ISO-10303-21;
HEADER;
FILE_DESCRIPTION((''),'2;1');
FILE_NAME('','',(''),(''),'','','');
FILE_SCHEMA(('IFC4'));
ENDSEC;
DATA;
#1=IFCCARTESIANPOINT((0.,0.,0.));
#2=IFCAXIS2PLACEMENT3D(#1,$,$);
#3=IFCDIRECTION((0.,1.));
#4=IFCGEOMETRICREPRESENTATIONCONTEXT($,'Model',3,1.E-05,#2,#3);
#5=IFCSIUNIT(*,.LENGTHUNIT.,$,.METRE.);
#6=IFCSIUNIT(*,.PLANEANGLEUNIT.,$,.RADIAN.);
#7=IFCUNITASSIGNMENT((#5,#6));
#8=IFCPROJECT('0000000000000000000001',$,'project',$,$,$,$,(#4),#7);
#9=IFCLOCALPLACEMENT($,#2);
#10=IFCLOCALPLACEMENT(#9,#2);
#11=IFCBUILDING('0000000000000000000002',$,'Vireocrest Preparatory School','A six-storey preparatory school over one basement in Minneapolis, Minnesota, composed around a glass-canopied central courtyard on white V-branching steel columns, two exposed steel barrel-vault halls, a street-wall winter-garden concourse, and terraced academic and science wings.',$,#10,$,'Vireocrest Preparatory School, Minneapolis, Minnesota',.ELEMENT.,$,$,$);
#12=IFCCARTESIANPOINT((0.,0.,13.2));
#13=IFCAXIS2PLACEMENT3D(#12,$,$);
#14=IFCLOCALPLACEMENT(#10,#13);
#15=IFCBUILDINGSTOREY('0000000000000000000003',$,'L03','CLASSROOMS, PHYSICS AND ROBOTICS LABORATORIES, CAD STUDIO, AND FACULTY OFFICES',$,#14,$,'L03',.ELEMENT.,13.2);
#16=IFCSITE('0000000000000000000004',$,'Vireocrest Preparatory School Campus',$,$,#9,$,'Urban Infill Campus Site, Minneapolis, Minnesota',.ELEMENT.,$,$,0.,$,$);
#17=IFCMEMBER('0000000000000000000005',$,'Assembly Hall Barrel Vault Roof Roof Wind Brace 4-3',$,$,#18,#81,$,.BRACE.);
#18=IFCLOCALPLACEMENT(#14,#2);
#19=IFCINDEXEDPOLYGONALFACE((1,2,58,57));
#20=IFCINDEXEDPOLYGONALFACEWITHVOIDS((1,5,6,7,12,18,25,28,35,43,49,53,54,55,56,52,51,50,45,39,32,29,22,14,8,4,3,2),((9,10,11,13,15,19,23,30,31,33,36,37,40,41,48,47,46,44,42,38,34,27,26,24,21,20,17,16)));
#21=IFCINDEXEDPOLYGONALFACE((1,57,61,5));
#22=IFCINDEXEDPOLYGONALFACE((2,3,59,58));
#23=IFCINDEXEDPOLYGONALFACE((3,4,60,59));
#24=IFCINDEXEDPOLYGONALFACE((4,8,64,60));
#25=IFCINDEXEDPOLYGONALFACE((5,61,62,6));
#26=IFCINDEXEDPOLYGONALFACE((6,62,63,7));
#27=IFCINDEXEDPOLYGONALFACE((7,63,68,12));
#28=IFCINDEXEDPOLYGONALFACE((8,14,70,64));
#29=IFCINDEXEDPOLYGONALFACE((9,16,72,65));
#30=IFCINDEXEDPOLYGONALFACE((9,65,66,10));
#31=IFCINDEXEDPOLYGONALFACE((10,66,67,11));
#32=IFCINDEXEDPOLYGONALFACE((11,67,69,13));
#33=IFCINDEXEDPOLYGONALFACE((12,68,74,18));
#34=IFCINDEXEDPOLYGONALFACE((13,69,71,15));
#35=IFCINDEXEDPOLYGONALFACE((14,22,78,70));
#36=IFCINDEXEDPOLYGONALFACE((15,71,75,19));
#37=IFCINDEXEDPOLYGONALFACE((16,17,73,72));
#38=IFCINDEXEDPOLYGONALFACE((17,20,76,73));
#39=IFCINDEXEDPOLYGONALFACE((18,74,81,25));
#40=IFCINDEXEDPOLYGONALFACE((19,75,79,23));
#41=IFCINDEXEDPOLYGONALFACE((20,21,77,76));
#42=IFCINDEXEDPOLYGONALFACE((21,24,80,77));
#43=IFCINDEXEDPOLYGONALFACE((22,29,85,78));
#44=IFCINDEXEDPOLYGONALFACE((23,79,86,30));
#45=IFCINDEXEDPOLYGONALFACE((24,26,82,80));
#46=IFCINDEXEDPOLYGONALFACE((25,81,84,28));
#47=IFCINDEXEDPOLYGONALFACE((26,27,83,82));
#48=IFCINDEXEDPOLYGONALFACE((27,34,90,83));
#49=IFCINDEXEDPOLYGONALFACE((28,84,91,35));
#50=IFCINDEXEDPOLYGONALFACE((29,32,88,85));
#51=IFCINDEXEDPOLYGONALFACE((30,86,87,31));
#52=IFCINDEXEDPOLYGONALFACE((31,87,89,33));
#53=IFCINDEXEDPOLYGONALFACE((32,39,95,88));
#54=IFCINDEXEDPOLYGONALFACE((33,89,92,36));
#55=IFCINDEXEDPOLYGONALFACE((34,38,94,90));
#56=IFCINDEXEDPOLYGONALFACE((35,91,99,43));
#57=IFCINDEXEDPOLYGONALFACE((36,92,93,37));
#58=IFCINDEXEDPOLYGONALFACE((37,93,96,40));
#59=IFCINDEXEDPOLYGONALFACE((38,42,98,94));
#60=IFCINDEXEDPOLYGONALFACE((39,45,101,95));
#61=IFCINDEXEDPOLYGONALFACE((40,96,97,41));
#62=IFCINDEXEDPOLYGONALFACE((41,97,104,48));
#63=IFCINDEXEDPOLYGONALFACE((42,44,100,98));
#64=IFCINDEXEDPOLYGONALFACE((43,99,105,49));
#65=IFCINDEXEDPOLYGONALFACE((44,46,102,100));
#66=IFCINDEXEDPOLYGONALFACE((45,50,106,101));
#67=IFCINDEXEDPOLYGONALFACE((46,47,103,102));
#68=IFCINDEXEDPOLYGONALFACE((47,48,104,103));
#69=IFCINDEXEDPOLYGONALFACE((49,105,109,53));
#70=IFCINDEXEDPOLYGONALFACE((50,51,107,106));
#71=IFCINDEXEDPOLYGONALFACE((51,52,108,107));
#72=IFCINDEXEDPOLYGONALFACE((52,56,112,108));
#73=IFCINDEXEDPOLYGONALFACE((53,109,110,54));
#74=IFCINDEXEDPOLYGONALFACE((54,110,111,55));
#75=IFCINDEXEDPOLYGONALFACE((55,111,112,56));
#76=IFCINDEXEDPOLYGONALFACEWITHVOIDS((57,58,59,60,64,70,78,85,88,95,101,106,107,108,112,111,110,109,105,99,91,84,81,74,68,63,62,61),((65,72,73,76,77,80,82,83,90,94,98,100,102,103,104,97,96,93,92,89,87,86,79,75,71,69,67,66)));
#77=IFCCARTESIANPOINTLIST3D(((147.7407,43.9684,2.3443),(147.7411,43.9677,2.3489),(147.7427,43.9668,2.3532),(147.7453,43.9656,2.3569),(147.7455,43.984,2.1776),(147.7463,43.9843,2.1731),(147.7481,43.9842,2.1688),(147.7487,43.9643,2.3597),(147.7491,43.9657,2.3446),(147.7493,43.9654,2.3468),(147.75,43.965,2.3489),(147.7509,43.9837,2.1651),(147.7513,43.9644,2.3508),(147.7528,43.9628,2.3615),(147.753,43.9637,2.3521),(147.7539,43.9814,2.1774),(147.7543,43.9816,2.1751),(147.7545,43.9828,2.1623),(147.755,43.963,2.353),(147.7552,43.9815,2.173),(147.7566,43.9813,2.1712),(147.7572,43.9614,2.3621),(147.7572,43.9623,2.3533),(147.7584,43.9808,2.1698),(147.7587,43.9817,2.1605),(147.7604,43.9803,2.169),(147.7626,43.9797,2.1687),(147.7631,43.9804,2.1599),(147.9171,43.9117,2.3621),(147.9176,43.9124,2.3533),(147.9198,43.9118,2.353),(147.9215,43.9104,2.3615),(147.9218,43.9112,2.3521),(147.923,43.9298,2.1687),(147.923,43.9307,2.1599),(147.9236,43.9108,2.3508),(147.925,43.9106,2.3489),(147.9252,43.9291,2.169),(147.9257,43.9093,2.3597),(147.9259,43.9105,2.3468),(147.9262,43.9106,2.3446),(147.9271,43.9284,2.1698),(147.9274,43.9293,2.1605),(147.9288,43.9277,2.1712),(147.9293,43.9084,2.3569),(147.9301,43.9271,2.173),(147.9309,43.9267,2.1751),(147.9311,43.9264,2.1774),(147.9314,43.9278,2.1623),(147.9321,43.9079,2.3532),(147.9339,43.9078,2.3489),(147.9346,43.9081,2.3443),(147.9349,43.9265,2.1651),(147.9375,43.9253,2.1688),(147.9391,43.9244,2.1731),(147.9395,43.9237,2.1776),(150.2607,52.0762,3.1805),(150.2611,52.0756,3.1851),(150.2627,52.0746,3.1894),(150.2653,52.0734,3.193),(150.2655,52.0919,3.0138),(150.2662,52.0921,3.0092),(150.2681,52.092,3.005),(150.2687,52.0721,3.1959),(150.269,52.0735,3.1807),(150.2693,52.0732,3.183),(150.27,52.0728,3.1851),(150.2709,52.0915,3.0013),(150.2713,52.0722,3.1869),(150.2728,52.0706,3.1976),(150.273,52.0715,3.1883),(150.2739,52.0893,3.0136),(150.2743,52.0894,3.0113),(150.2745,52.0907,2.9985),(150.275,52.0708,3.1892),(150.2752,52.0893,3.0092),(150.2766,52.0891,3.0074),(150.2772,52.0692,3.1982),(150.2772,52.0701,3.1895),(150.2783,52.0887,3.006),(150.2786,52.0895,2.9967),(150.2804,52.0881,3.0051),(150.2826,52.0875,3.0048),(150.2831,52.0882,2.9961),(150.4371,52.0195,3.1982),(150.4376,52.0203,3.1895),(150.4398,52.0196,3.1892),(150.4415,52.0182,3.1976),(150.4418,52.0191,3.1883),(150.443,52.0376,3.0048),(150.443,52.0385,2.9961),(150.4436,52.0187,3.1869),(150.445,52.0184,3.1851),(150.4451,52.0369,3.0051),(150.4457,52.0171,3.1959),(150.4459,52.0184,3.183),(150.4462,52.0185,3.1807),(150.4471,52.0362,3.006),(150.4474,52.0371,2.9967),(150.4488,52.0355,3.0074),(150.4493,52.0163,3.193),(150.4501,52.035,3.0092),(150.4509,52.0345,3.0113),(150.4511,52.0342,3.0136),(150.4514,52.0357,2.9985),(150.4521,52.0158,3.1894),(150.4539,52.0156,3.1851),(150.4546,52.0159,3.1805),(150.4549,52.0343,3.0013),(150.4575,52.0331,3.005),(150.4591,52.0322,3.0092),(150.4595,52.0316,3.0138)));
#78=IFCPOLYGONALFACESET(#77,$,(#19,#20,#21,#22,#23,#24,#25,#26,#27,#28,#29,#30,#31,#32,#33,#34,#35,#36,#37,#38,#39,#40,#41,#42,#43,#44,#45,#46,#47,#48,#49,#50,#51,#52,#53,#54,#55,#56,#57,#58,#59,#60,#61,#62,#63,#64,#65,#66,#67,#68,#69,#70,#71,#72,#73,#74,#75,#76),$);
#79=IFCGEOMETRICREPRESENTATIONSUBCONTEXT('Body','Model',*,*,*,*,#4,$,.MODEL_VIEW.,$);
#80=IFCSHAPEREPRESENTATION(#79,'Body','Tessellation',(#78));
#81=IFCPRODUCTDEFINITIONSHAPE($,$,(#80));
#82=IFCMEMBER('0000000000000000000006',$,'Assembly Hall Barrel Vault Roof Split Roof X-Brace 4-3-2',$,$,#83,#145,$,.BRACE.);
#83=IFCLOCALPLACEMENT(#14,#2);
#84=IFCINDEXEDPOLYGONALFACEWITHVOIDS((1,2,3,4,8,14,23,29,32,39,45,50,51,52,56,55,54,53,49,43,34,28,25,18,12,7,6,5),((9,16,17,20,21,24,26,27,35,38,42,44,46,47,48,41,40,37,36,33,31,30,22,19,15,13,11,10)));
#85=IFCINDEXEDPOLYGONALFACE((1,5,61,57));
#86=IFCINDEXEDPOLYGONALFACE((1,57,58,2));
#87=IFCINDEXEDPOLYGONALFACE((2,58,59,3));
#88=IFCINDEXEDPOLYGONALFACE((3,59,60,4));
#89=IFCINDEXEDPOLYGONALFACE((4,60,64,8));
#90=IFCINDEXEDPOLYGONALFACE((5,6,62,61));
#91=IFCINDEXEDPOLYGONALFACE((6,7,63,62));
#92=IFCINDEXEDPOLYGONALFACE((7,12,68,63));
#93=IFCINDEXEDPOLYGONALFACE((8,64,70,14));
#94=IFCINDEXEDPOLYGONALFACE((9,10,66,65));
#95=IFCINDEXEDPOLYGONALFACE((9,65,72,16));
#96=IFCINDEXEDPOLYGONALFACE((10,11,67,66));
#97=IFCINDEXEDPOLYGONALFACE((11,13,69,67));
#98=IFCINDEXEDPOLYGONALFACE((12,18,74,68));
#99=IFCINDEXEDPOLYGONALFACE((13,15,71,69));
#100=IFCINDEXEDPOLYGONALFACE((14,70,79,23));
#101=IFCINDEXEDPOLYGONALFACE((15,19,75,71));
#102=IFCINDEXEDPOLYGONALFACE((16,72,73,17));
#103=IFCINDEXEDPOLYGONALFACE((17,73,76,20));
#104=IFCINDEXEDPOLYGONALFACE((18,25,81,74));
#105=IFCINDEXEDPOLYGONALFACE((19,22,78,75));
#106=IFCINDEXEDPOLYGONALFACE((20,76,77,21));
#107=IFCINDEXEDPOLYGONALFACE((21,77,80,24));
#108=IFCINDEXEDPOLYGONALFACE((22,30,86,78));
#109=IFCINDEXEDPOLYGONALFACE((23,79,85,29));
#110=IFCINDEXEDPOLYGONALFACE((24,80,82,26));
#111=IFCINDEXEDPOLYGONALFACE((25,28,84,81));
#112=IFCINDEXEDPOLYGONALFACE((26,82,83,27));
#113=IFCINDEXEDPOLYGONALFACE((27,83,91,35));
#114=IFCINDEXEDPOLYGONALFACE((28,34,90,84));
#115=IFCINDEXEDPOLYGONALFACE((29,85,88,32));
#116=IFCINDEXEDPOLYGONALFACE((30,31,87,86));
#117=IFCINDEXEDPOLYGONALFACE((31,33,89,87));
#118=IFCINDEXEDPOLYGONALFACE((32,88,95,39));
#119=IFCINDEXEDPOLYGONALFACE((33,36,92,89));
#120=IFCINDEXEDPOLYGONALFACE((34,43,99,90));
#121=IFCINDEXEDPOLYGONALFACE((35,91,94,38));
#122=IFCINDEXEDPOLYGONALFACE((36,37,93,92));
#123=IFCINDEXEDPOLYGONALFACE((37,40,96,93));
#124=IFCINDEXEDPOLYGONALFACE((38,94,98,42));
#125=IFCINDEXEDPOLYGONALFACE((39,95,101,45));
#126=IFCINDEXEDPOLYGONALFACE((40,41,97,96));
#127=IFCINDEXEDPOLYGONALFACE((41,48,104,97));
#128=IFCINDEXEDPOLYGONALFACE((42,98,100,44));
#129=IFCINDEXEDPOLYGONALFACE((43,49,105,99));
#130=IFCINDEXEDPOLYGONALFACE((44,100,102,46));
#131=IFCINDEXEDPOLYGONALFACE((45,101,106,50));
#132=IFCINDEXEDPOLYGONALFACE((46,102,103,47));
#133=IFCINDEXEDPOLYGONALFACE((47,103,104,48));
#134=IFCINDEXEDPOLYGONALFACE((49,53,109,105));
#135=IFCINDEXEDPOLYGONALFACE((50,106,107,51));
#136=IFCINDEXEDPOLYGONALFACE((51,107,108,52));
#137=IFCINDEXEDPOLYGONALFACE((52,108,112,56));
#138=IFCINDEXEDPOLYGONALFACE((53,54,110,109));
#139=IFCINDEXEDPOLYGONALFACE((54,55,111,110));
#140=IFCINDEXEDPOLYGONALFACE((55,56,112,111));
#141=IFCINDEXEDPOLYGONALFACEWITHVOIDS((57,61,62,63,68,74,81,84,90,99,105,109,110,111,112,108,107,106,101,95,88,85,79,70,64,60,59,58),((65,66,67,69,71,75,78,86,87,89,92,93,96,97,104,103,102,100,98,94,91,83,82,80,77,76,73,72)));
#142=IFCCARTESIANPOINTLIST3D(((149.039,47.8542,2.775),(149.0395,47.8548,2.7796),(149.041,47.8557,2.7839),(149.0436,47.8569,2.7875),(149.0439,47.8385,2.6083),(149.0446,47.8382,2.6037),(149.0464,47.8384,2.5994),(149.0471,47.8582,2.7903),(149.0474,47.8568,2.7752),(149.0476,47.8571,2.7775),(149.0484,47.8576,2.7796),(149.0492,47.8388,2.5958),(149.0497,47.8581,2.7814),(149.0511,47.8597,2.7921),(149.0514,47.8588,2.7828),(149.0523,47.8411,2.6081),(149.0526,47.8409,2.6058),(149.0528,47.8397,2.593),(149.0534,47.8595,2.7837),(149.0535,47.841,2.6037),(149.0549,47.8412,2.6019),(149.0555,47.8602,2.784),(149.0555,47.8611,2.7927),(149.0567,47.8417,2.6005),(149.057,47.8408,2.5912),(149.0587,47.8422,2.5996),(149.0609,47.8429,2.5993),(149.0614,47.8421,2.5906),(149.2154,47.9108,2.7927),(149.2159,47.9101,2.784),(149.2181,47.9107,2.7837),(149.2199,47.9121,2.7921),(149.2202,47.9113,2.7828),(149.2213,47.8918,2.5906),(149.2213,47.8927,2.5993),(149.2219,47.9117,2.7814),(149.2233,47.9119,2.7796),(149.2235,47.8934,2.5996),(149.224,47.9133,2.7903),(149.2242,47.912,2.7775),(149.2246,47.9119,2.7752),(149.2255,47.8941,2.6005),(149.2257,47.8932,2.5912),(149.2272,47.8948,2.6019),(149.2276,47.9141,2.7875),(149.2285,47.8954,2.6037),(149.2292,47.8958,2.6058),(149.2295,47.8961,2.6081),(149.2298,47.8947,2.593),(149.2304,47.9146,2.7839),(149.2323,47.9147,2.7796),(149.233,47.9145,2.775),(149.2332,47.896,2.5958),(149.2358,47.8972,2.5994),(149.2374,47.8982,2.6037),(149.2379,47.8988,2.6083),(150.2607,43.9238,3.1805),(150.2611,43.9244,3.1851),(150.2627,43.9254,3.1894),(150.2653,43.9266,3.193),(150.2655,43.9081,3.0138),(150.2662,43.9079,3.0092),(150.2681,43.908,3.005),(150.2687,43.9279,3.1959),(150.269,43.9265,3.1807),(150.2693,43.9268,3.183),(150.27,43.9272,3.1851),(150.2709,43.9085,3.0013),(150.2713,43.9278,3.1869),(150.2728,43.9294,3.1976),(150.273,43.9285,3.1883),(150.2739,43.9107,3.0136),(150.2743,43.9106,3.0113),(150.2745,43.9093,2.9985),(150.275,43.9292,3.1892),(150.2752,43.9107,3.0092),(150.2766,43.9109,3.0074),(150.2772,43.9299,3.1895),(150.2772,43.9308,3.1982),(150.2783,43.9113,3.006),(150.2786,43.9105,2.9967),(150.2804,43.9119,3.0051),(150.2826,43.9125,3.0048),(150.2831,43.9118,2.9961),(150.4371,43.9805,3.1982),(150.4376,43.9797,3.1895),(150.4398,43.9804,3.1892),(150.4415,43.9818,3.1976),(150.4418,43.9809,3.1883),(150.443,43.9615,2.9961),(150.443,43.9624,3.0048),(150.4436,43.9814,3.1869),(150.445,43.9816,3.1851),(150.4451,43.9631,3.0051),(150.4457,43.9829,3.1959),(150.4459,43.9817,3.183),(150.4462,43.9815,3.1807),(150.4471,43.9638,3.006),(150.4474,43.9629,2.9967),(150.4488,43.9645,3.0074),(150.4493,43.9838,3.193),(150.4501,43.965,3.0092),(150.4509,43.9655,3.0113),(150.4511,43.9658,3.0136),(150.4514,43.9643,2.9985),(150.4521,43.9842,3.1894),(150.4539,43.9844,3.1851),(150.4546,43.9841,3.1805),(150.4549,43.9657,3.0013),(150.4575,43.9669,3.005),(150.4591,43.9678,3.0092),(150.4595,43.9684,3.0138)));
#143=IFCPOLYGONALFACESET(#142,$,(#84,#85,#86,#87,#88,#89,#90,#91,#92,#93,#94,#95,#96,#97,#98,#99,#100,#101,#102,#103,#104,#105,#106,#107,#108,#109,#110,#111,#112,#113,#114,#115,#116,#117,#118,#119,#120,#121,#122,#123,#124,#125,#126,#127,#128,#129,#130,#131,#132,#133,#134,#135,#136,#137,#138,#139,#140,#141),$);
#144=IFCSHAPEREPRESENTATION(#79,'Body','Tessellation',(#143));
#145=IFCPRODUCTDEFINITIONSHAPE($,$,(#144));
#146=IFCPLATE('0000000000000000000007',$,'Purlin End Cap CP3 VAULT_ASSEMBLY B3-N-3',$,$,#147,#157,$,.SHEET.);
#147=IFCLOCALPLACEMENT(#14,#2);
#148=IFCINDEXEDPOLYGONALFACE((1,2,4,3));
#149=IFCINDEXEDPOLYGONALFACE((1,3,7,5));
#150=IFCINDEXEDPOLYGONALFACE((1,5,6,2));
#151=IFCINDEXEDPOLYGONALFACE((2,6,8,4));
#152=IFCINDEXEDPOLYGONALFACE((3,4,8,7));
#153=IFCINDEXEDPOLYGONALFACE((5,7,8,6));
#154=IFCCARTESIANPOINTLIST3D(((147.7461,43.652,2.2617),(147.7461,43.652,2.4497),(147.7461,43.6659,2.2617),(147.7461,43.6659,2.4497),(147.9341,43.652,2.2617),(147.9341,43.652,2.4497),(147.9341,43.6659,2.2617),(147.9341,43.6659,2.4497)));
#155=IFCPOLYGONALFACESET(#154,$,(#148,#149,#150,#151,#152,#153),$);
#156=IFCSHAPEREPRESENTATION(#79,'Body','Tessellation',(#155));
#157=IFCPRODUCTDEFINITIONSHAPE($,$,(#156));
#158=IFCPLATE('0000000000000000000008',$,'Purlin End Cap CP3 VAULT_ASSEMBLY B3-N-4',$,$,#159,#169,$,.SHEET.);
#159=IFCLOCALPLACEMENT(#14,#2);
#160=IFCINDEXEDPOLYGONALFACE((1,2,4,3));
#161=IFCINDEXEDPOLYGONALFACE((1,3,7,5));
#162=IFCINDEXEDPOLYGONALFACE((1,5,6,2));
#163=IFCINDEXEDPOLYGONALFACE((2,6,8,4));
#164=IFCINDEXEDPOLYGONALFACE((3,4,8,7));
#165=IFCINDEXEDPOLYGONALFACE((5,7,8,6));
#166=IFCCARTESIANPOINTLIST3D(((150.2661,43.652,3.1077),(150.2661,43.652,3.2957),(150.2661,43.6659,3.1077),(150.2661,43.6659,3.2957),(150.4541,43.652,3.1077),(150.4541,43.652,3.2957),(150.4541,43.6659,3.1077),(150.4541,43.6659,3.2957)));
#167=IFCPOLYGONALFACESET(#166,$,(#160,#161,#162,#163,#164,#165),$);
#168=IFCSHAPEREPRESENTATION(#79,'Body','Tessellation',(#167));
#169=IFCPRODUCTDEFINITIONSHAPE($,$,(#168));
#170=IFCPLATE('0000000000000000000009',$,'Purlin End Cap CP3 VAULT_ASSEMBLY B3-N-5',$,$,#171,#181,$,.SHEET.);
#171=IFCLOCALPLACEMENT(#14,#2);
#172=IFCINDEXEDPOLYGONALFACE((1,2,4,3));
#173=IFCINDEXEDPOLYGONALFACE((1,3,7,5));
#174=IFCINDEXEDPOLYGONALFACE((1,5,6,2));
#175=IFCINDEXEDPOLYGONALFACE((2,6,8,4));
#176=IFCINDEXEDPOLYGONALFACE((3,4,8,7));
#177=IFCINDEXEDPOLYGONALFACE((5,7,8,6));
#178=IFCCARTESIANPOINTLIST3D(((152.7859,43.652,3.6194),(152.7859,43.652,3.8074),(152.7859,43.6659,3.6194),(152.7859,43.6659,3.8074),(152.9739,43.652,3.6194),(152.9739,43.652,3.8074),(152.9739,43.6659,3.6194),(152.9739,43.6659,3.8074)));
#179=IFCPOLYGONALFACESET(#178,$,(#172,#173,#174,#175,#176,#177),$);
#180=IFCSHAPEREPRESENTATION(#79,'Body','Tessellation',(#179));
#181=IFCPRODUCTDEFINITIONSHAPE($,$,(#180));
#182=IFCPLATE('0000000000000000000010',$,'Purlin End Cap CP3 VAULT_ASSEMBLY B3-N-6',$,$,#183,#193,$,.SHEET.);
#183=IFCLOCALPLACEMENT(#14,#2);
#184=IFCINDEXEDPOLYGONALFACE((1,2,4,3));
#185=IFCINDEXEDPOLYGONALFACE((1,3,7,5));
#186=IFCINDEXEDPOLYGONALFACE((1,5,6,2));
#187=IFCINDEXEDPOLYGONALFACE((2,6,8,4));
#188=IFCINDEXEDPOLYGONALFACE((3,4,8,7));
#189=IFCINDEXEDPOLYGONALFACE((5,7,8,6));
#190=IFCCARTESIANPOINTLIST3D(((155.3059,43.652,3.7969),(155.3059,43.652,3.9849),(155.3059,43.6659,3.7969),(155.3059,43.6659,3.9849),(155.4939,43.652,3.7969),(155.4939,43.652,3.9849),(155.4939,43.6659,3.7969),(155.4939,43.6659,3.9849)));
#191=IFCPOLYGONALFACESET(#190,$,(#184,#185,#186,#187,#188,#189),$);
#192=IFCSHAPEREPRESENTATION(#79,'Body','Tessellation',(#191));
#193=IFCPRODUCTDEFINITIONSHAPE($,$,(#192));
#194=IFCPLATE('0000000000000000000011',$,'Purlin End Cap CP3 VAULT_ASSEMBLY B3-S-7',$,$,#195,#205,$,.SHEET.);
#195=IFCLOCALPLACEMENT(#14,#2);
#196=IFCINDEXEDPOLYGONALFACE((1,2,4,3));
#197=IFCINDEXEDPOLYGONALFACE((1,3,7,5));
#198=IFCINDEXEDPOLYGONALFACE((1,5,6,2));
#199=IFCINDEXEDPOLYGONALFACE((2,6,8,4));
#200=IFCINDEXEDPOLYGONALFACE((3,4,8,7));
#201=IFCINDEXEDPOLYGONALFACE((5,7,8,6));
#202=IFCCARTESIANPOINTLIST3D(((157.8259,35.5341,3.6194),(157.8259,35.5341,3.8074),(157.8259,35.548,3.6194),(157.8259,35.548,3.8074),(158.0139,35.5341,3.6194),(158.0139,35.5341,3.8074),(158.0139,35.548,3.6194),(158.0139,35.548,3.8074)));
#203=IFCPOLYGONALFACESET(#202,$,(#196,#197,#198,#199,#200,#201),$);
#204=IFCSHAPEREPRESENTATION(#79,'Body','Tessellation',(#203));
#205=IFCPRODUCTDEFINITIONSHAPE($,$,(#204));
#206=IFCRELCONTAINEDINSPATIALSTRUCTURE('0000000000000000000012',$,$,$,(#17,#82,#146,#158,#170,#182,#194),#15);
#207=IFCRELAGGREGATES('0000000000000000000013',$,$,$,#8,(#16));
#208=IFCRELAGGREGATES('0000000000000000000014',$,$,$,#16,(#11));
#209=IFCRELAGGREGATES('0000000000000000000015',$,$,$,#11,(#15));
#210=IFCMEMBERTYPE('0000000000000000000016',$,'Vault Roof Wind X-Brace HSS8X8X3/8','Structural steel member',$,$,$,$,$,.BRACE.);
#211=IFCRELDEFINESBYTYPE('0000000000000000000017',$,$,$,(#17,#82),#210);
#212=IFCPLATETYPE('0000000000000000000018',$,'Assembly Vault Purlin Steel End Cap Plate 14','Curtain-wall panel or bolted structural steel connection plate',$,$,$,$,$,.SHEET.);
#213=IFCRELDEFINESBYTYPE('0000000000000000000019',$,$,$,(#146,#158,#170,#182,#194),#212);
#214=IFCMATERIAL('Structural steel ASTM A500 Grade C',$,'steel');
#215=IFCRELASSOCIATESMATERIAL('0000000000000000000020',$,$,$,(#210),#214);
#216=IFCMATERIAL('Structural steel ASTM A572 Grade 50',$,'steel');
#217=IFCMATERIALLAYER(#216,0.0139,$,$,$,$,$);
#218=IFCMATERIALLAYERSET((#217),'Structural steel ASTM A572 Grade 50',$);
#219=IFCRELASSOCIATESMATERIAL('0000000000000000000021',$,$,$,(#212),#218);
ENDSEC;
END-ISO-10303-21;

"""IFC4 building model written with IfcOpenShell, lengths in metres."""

from ifc_helpers import new_model, si_unit, direction, frame, origin, origin_2d, place, context, subcontext, project, spatial, rectangle, hollow_rectangle, extrude, material, layer, layer_set, material_profile, profile_set, type_object, element, save


model = new_model("IFC4")

# Units and contexts
model_context = context("Model", 3, precision=1e-05, world=origin(), true_north=direction((0.0, 1.0)))
body_context = subcontext(model_context, "Body", "Model", "MODEL_VIEW")
ifc_project = project(units=[si_unit("LENGTHUNIT", "METRE"), si_unit("PLANEANGLEUNIT", "RADIAN")], contexts=[model_context])

# Site, building, storey
site_placement = place(None, origin())
site = spatial("IfcSite", under=ifc_project, at=site_placement, Name="Vireocrest Preparatory School Campus", LongName="Urban Infill Campus Site, Minneapolis, Minnesota", CompositionType="ELEMENT", RefElevation=0.0)
building_placement = place(site_placement, origin())
building = spatial("IfcBuilding", under=site, at=building_placement, Name="Vireocrest Preparatory School", Description="A six-storey preparatory school over one basement in Minneapolis, Minnesota, composed around a glass-canopied central courtyard on white V-branching steel columns, two exposed steel barrel-vault halls, a street-wall winter-garden concourse, and terraced academic and science wings.", LongName="Vireocrest Preparatory School, Minneapolis, Minnesota", CompositionType="ELEMENT")
storey_placement = place(building_placement, frame((0.0, 0.0, 13.2)))
storey = spatial("IfcBuildingStorey", under=building, at=storey_placement, Name="L03", Description="CLASSROOMS, PHYSICS AND ROBOTICS LABORATORIES, CAD STUDIO, AND FACULTY OFFICES", LongName="L03", CompositionType="ELEMENT", Elevation=13.2)

# Members
ifc_material_1 = material(Name="Structural steel ASTM A500 Grade C", Category="steel")
ifc_material_profile_1 = material_profile(ifc_material_1, hollow_rectangle(XDim=0.2031, YDim=0.2031, WallThickness=0.0088, InnerFilletRadius=0.0088, OuterFilletRadius=0.0178, at=origin_2d()), Name="HSS8X8X3/8")
ifc_profile_set_1 = profile_set([ifc_material_profile_1], Name="Structural steel ASTM A500 Grade C")
member_type_1 = type_object("IfcMemberType", Name="Vault Roof Wind X-Brace HSS8X8X3/8", Description="Structural steel member", PredefinedType="BRACE", material=ifc_profile_set_1)
member_1_placement = place(storey_placement, frame((147.8401, 43.946, 2.261), z_axis=(0.295375, 0.950341, 0.09801), x_axis=(-0.954938, 0.296804, 0.0)))
element("IfcMember", 1, at=member_1_placement, inside=storey, type_object=member_type_1, Name="Assembly Hall Barrel Vault Roof Roof Wind Brace 4-3", PredefinedType="BRACE", context=body_context, shape_type="SweptSolid", body=[
    extrude(hollow_rectangle(XDim=0.2031, YDim=0.2031, WallThickness=0.0088, InnerFilletRadius=0.0088, OuterFilletRadius=0.0178, at=origin_2d()), origin(), (0.0, 0.0, 1.0), 8.5315),
])
member_2_placement = place(storey_placement, frame((149.1384, 47.8765, 2.6917), z_axis=(0.295389, -0.950332, 0.09805), x_axis=(0.954934, 0.296819, 0.0)))
element("IfcMember", 2, at=member_2_placement, inside=storey, type_object=member_type_1, Name="Assembly Hall Barrel Vault Roof Split Roof X-Brace 4-3-2", PredefinedType="BRACE", context=body_context, shape_type="SweptSolid", body=[
    extrude(hollow_rectangle(XDim=0.2031, YDim=0.2031, WallThickness=0.0088, InnerFilletRadius=0.0088, OuterFilletRadius=0.0178, at=origin_2d()), origin(), (0.0, 0.0, 1.0), 4.1357),
])

# Plates
ifc_material_2 = material(Name="Structural steel ASTM A572 Grade 50", Category="steel")
ifc_layer_1 = layer(ifc_material_2, 0.0139)
ifc_layer_set_1 = layer_set([ifc_layer_1], Name="Structural steel ASTM A572 Grade 50")
plate_type_1 = type_object("IfcPlateType", Name="Assembly Vault Purlin Steel End Cap Plate 14", Description="Curtain-wall panel or bolted structural steel connection plate", PredefinedType="SHEET", material=ifc_layer_set_1)
for number, where, z_axis, x_axis, name in (
    (3, (147.8401, 43.6589, 2.2617), (0.0, 0.0, 1.0), (1.0, 0.0, 0.0), "Purlin End Cap CP3 VAULT_ASSEMBLY B3-N-3"),
    (4, (150.3601, 43.6589, 3.1077), (0.0, 0.0, 1.0), (1.0, 0.0, 0.0), "Purlin End Cap CP3 VAULT_ASSEMBLY B3-N-4"),
    (5, (152.8799, 43.6589, 3.6194), (0.0, 0.0, 1.0), (1.0, 0.0, 0.0), "Purlin End Cap CP3 VAULT_ASSEMBLY B3-N-5"),
    (6, (155.3999, 43.6589, 3.7969), (0.0, 0.0, 1.0), (1.0, 0.0, 0.0), "Purlin End Cap CP3 VAULT_ASSEMBLY B3-N-6"),
    (7, (157.9199, 35.541, 3.6194), (0.0, 0.0, 1.0), (1.0, 0.0, 0.0), "Purlin End Cap CP3 VAULT_ASSEMBLY B3-S-7"),
):
    element("IfcPlate", number, at=place(storey_placement, frame(where, z_axis=z_axis, x_axis=x_axis)), inside=storey, type_object=plate_type_1, Name=name, PredefinedType="SHEET", context=body_context, shape_type="SweptSolid", body=[
        extrude(rectangle(XDim=0.188, YDim=0.0139, at=origin_2d()), origin(), (0.0, 0.0, 1.0), 0.188),
    ])

save(model, "model.ifc")
